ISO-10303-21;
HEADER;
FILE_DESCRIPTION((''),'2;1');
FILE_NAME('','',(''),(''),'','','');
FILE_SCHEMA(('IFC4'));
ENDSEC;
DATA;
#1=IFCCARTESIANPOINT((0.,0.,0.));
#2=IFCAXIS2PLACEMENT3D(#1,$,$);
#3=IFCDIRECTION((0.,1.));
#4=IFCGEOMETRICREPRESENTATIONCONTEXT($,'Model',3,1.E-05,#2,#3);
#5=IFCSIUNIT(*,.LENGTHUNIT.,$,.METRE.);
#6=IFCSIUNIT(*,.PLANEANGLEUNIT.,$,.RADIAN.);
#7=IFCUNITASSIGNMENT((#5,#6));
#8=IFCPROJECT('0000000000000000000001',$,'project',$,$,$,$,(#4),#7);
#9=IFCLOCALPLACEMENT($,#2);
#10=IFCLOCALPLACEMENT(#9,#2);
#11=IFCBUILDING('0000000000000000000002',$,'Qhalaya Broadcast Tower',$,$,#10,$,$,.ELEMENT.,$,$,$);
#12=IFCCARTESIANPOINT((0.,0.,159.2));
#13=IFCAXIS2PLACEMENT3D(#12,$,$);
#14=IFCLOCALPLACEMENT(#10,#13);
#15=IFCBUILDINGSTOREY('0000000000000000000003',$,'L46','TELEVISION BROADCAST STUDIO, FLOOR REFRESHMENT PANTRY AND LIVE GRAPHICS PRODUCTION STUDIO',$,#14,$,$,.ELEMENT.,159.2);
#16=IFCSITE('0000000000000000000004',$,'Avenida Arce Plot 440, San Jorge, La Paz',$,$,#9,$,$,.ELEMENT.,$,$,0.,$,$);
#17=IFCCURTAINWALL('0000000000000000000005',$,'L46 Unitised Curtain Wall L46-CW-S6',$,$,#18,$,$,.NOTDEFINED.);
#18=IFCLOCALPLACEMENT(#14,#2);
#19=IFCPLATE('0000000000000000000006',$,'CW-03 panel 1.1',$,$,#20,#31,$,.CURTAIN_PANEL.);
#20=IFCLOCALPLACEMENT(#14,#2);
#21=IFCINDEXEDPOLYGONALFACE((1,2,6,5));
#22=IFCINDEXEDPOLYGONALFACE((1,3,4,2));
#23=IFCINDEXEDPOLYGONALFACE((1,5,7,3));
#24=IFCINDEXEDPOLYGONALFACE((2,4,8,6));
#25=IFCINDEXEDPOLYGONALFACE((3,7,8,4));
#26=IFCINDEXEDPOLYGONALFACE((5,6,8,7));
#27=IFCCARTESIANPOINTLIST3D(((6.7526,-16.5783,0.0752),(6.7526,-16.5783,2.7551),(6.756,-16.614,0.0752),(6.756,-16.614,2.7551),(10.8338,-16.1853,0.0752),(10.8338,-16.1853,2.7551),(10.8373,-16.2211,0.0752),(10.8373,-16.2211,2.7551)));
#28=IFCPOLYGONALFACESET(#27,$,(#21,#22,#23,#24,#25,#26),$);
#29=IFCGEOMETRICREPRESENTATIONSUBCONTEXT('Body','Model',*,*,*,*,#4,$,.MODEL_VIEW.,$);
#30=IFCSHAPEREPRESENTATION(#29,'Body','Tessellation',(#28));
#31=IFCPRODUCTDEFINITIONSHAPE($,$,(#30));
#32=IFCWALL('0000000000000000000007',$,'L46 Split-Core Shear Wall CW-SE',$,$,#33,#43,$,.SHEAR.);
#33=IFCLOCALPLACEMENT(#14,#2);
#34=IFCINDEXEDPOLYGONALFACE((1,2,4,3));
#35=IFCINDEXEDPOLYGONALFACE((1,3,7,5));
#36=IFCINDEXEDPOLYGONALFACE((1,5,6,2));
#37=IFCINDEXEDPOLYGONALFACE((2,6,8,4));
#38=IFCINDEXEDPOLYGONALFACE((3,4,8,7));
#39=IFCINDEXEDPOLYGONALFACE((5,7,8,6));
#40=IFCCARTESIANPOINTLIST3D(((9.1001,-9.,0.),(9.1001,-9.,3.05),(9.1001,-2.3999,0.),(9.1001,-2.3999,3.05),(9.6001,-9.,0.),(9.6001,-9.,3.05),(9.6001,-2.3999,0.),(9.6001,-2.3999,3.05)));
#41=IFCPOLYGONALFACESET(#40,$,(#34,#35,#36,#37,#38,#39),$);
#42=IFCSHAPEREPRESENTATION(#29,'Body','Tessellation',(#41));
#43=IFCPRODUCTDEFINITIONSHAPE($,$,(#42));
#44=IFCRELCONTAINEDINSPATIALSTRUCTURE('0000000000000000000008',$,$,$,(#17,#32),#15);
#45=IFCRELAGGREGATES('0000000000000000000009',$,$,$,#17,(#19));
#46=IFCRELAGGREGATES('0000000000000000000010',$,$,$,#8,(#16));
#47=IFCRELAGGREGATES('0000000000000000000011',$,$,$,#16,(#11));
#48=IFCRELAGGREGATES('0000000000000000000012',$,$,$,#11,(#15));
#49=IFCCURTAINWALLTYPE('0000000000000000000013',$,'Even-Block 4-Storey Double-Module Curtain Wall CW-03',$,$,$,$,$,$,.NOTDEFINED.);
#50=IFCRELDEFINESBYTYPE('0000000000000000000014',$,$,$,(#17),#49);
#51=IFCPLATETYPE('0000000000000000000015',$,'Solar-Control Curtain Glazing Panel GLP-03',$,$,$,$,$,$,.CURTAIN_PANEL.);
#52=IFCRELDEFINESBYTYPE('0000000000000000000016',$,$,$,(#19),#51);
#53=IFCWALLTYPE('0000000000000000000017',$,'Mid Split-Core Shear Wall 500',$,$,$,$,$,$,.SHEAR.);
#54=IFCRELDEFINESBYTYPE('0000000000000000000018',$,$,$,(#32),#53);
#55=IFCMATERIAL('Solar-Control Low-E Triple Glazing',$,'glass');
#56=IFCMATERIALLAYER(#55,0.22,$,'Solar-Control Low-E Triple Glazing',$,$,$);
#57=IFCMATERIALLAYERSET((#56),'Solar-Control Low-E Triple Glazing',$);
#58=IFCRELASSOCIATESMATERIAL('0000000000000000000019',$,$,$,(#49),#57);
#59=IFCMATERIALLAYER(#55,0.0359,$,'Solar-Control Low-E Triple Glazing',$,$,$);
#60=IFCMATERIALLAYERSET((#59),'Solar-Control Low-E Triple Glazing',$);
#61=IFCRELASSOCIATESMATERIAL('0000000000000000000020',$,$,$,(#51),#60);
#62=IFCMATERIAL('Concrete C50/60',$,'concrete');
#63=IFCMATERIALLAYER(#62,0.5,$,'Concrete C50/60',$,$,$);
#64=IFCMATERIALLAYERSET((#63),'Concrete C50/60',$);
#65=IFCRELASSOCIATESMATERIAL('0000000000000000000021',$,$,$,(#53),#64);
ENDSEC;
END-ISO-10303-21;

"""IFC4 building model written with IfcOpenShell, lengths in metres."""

from ifc_helpers import new_model, si_unit, direction, frame, frame_2d, origin, origin_2d, place, context, subcontext, project, spatial, rectangle, extrude, material, layer, layer_set, type_object, element, aggregate, save


model = new_model("IFC4")

# Units and contexts
model_context = context("Model", 3, precision=1e-05, world=origin(), true_north=direction((0.0, 1.0)))
body_context = subcontext(model_context, "Body", "Model", "MODEL_VIEW")
ifc_project = project(units=[si_unit("LENGTHUNIT", "METRE"), si_unit("PLANEANGLEUNIT", "RADIAN")], contexts=[model_context])

# Site, building, storey
site_placement = place(None, origin())
site = spatial("IfcSite", under=ifc_project, at=site_placement, Name="Avenida Arce Plot 440, San Jorge, La Paz", CompositionType="ELEMENT", RefElevation=0.0)
building_placement = place(site_placement, origin())
building = spatial("IfcBuilding", under=site, at=building_placement, Name="Qhalaya Broadcast Tower", CompositionType="ELEMENT")
storey_placement = place(building_placement, frame((0.0, 0.0, 159.2)))
storey = spatial("IfcBuildingStorey", under=building, at=storey_placement, Name="L46", Description="TELEVISION BROADCAST STUDIO, FLOOR REFRESHMENT PANTRY AND LIVE GRAPHICS PRODUCTION STUDIO", CompositionType="ELEMENT", Elevation=159.2)

# Shared definitions
ifc_material_1 = material(Name="Solar-Control Low-E Triple Glazing", Category="glass")
ifc_layer_1 = layer(ifc_material_1, 0.22, Name="Solar-Control Low-E Triple Glazing")
ifc_layer_set_1 = layer_set([ifc_layer_1], Name="Solar-Control Low-E Triple Glazing")
curtain_wall_type_1 = type_object("IfcCurtainWallType", Name="Even-Block 4-Storey Double-Module Curtain Wall CW-03", PredefinedType="NOTDEFINED", material=ifc_layer_set_1)

# Curtain wall
curtain_wall_1_placement = place(storey_placement, origin())
curtain_wall_1 = element("IfcCurtainWall", 1, at=curtain_wall_1_placement, inside=storey, type_object=curtain_wall_type_1, Name="L46 Unitised Curtain Wall L46-CW-S6", PredefinedType="NOTDEFINED")

# Plate
ifc_layer_2 = layer(ifc_material_1, 0.0359, Name="Solar-Control Low-E Triple Glazing")
ifc_layer_set_2 = layer_set([ifc_layer_2], Name="Solar-Control Low-E Triple Glazing")
plate_type_1 = type_object("IfcPlateType", Name="Solar-Control Curtain Glazing Panel GLP-03", PredefinedType="CURTAIN_PANEL", material=ifc_layer_set_2)
plate_1_placement = place(storey_placement, frame((8.7949, -16.3997, 0.0752), z_axis=(0.0, 0.0, 1.0), x_axis=(0.995397, 0.095834, 0.0)))
plate_1 = element("IfcPlate", 2, at=plate_1_placement, type_object=plate_type_1, Name="CW-03 panel 1.1", PredefinedType="CURTAIN_PANEL", context=body_context, shape_type="SweptSolid", body=[
    extrude(rectangle(XDim=4.1001, YDim=0.0359, at=origin_2d()), origin(), (0.0, 0.0, 1.0), 2.6799),
])
aggregate(curtain_wall_1, [plate_1])

# Wall
ifc_material_2 = material(Name="Concrete C50/60", Category="concrete")
ifc_layer_3 = layer(ifc_material_2, 0.5, Name="Concrete C50/60")
ifc_layer_set_3 = layer_set([ifc_layer_3], Name="Concrete C50/60")
wall_type = type_object("IfcWallType", Name="Mid Split-Core Shear Wall 500", PredefinedType="SHEAR", material=ifc_layer_set_3)
wall_placement = place(storey_placement, frame((9.3501, -9.0, 0.0), z_axis=(0.0, 0.0, 1.0), x_axis=(0.0, 1.0, 0.0)))
element("IfcWall", 3, at=wall_placement, inside=storey, type_object=wall_type, Name="L46 Split-Core Shear Wall CW-SE", PredefinedType="SHEAR", context=body_context, shape_type="SweptSolid", body=[
    extrude(rectangle(XDim=6.6001, YDim=0.5, at=frame_2d((3.3, 0.0))), origin(), (0.0, 0.0, 1.0), 3.05),
])

save(model, "model.ifc")
